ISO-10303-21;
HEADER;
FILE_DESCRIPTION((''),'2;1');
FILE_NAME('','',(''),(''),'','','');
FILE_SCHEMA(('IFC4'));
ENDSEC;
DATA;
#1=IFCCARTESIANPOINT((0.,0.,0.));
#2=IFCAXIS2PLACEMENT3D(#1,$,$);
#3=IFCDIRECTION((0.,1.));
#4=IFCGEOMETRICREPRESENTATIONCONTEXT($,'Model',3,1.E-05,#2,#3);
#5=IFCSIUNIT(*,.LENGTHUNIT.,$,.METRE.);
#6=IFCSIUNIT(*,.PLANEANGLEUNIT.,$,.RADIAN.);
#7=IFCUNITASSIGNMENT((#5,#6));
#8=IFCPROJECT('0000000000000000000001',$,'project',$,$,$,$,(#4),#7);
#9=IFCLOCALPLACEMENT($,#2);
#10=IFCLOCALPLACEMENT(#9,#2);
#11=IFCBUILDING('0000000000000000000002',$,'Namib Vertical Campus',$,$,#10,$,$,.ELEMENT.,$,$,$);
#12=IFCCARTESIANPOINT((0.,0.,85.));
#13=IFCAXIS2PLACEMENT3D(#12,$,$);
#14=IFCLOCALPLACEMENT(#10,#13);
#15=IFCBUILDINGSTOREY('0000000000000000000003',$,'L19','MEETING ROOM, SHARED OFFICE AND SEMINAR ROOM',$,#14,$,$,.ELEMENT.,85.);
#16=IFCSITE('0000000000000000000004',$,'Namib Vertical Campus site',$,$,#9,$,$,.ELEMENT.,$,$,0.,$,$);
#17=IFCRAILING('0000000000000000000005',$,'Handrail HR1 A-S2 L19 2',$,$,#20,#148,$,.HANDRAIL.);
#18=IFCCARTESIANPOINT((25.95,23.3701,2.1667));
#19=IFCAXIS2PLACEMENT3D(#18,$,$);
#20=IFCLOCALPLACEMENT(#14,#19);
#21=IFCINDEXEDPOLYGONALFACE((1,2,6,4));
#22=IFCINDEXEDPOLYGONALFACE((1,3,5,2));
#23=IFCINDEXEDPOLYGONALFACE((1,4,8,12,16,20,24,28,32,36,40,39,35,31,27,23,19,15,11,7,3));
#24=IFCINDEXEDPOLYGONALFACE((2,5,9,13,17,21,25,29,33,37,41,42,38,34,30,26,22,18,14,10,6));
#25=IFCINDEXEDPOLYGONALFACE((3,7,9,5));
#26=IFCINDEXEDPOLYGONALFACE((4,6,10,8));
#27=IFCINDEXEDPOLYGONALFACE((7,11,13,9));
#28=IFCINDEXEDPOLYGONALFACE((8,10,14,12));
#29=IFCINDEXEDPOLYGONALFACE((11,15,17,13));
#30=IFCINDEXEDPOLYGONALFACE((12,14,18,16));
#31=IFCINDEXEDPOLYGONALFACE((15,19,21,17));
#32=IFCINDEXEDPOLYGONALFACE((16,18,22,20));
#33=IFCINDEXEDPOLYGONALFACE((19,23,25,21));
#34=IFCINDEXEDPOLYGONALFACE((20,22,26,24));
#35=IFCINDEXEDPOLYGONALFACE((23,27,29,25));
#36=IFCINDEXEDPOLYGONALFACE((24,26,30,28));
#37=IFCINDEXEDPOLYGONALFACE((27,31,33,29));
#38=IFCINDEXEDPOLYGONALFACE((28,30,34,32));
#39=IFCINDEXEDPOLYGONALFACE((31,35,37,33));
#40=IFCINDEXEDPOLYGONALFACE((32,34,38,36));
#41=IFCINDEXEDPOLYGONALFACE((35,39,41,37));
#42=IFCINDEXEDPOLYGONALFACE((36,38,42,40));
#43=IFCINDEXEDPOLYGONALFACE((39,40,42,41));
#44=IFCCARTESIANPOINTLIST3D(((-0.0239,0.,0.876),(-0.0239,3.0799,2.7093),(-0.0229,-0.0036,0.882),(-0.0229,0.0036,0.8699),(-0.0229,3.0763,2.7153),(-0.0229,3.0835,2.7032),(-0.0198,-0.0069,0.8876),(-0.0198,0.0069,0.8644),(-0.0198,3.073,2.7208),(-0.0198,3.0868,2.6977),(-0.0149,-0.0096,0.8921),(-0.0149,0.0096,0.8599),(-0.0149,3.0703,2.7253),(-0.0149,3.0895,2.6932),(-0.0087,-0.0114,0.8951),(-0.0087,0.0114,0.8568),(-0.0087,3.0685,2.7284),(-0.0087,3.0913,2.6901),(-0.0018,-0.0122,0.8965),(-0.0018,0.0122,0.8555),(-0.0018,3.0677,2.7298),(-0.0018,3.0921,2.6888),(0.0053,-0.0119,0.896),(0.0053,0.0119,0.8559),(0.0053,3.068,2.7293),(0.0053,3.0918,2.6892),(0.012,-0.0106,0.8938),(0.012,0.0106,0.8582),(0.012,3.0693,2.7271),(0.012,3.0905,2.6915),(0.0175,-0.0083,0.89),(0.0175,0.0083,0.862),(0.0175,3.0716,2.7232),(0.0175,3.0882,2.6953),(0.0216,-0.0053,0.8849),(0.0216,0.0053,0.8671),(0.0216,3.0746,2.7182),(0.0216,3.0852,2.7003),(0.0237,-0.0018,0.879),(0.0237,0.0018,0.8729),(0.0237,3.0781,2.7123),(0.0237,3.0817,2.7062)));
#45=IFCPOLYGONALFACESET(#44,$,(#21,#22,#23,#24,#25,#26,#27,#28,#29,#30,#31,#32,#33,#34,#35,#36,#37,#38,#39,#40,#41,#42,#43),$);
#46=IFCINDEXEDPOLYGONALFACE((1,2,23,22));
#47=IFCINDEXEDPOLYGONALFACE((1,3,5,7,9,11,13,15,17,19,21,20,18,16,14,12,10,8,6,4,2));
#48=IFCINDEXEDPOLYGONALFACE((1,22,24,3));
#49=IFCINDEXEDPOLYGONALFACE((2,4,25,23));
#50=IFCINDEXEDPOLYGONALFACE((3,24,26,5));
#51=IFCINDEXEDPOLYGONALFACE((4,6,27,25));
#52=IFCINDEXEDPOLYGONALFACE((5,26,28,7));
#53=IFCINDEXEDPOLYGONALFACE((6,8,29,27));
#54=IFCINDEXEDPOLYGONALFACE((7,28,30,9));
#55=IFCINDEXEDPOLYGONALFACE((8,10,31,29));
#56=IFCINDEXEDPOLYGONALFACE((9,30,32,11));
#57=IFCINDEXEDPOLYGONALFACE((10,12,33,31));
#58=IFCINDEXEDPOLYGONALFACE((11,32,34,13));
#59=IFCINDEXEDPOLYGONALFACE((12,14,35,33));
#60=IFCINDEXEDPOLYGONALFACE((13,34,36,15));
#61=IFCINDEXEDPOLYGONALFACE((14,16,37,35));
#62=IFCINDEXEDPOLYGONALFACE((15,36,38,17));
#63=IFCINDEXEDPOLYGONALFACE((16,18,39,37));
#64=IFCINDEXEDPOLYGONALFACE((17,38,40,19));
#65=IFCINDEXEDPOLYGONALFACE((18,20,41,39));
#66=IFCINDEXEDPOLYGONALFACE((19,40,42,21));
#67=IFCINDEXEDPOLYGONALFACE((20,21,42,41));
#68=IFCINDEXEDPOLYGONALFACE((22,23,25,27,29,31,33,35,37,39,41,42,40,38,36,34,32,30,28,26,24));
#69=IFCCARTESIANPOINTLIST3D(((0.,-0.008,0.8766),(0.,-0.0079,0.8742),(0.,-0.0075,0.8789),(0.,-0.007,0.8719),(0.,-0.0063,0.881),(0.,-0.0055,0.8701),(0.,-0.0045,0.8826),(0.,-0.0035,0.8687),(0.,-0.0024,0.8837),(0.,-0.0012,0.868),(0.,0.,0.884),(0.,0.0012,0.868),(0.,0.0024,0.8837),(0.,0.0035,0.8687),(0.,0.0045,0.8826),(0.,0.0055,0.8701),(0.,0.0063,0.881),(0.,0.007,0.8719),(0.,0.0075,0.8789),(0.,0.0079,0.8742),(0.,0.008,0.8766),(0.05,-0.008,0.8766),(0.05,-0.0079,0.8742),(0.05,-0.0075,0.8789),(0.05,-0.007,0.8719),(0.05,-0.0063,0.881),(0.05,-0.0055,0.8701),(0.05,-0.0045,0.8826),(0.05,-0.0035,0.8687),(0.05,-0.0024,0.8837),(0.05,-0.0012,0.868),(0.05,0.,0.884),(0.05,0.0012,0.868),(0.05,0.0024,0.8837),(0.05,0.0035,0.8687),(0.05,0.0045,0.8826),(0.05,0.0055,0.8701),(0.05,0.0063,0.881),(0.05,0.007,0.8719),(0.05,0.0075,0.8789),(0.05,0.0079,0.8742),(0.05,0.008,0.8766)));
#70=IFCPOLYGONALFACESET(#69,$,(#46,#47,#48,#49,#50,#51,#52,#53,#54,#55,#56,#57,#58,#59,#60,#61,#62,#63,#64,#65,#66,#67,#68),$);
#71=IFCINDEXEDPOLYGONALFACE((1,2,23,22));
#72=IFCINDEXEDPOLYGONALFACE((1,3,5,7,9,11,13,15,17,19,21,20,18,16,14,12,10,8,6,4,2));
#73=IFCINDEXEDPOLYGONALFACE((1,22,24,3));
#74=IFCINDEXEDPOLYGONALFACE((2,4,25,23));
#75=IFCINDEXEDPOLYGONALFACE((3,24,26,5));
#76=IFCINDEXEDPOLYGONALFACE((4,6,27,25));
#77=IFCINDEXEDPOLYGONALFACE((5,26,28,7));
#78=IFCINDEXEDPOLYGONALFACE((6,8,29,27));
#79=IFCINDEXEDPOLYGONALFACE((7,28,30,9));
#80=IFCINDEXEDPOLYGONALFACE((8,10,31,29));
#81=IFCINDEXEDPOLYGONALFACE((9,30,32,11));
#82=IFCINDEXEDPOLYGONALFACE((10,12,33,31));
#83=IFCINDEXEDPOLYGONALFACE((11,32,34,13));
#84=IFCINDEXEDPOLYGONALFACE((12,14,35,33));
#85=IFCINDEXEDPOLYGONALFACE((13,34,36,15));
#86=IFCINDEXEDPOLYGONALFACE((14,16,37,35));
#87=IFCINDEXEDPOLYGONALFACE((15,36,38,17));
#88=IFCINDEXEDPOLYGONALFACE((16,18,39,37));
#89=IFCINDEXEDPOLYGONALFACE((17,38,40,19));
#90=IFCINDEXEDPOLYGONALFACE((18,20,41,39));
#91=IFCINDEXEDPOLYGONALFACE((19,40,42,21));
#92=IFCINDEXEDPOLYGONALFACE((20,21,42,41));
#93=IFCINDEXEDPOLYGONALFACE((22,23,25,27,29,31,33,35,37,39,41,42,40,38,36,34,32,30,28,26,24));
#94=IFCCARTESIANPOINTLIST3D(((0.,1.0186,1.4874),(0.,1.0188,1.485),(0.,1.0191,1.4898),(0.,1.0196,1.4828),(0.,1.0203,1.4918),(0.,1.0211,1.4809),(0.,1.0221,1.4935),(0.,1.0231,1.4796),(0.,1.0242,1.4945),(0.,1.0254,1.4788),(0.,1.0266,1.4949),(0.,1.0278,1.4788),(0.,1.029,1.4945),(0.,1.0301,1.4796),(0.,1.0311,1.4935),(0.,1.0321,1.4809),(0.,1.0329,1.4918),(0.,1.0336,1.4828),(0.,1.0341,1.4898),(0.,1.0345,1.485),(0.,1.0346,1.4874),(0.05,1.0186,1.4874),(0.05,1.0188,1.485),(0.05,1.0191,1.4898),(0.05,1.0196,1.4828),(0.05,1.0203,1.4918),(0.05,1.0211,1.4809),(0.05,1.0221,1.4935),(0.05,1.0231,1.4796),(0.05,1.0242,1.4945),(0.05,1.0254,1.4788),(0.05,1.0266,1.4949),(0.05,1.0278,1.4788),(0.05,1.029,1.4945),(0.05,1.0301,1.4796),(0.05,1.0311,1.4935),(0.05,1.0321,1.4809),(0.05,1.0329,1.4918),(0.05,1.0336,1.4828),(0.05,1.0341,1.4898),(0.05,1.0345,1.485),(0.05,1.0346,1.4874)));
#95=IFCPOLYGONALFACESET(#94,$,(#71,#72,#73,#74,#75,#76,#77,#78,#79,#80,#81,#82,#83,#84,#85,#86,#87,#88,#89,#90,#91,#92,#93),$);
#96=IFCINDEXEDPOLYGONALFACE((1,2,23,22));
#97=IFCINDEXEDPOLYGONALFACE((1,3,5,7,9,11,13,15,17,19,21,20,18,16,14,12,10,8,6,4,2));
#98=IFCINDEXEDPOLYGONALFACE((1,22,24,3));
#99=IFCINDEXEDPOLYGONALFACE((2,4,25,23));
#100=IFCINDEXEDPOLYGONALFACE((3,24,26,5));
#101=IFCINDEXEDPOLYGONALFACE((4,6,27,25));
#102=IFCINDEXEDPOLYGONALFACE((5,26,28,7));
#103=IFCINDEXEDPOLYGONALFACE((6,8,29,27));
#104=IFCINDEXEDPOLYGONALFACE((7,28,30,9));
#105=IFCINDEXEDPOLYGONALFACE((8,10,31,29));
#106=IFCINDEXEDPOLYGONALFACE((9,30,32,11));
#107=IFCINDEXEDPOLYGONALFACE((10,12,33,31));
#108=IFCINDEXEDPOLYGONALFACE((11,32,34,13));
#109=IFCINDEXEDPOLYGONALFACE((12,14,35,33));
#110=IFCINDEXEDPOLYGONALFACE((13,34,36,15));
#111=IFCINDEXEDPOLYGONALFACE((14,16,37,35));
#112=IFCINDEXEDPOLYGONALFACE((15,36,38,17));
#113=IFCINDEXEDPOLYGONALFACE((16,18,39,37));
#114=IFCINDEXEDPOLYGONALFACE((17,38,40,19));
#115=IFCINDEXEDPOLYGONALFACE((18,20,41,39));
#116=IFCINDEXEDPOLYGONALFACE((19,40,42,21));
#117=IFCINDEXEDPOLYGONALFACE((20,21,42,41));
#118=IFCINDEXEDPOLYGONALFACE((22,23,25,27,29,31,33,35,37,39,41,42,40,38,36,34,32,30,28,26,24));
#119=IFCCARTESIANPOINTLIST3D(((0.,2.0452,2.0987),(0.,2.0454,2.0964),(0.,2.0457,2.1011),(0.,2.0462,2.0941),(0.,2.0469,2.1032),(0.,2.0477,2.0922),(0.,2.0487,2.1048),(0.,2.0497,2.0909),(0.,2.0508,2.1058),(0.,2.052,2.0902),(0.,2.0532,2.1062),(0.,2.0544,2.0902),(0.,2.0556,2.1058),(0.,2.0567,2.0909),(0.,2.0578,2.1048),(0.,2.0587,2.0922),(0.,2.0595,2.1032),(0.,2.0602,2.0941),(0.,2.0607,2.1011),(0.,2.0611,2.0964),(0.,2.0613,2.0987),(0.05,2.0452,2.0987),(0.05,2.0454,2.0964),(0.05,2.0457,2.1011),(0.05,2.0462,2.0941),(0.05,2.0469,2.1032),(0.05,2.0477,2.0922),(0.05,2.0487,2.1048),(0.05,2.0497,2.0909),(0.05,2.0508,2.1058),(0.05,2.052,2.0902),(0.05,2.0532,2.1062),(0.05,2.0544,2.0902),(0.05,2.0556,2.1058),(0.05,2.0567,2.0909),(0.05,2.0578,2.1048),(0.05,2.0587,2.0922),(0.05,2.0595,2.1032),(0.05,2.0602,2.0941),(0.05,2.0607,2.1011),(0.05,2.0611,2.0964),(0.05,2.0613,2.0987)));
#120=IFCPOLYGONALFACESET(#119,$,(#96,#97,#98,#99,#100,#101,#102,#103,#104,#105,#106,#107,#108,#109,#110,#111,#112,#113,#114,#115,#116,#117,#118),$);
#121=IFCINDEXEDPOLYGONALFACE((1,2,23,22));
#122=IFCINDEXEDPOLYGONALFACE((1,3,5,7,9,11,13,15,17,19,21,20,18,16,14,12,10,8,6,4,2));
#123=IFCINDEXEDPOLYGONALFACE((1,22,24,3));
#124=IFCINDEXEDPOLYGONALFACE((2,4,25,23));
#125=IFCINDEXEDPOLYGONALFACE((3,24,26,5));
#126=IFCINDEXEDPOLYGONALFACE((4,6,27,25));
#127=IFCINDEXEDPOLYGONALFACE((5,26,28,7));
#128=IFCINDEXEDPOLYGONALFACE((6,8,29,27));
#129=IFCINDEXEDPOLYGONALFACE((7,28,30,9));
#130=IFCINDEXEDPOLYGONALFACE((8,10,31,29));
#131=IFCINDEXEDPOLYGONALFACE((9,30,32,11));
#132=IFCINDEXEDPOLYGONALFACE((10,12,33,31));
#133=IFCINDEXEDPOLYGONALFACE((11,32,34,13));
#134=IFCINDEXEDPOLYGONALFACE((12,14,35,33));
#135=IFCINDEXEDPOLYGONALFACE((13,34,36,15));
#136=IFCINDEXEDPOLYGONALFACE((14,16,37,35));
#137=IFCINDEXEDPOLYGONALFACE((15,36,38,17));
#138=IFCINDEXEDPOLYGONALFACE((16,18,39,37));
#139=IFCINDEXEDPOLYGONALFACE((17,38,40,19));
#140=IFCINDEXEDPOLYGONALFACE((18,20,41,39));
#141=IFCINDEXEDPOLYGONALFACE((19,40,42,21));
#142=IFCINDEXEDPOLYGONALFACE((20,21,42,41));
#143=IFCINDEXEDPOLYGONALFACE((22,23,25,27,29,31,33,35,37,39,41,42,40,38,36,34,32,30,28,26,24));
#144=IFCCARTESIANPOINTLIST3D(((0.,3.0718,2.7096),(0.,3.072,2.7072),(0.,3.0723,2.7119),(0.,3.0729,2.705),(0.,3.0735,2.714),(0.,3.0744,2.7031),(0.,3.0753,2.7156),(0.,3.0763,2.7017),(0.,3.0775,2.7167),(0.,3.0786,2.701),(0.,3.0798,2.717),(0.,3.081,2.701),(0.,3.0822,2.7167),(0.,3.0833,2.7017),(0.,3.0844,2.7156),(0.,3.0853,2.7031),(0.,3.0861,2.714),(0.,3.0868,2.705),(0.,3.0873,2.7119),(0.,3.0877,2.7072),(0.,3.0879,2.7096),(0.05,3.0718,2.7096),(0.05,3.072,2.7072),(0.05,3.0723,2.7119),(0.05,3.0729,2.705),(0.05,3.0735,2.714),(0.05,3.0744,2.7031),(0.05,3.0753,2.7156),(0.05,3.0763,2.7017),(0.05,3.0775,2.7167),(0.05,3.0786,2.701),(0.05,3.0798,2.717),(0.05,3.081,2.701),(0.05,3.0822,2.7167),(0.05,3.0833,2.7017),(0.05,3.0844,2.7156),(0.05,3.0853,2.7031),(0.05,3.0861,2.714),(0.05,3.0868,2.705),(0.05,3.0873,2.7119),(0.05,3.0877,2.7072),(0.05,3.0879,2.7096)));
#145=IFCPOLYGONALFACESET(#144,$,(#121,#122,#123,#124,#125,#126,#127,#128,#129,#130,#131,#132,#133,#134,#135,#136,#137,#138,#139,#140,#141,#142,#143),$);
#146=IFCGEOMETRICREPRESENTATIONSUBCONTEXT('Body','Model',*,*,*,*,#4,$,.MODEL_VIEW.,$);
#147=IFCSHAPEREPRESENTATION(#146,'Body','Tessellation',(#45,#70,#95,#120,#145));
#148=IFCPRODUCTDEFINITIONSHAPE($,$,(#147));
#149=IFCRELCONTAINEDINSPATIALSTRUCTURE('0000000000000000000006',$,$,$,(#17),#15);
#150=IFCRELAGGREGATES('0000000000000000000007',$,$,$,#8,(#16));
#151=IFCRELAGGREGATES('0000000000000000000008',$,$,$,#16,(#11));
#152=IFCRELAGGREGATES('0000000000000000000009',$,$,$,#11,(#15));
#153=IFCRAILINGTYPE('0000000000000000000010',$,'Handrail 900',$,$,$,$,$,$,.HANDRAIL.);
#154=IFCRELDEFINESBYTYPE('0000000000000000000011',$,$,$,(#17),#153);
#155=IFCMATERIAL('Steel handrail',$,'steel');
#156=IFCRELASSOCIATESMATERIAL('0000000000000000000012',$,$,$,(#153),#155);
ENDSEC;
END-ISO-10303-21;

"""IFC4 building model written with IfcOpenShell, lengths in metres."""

from ifc_helpers import new_model, si_unit, direction, frame, origin, origin_2d, place, context, subcontext, project, spatial, circle, extrude, material, type_object, element, save


model = new_model("IFC4")

# Units and contexts
model_context = context("Model", 3, precision=1e-05, world=origin(), true_north=direction((0.0, 1.0)))
body_context = subcontext(model_context, "Body", "Model", "MODEL_VIEW")
ifc_project = project(units=[si_unit("LENGTHUNIT", "METRE"), si_unit("PLANEANGLEUNIT", "RADIAN")], contexts=[model_context])

# Site, building, storey
site_placement = place(None, origin())
site = spatial("IfcSite", under=ifc_project, at=site_placement, Name="Namib Vertical Campus site", CompositionType="ELEMENT", RefElevation=0.0)
building_placement = place(site_placement, origin())
building = spatial("IfcBuilding", under=site, at=building_placement, Name="Namib Vertical Campus", CompositionType="ELEMENT")
storey_placement = place(building_placement, frame((0.0, 0.0, 85.0)))
storey = spatial("IfcBuildingStorey", under=building, at=storey_placement, Name="L19", Description="MEETING ROOM, SHARED OFFICE AND SEMINAR ROOM", CompositionType="ELEMENT", Elevation=85.0)

# Railing
ifc_material_1 = material(Name="Steel handrail", Category="steel")
railing_type_1 = type_object("IfcRailingType", Name="Handrail 900", PredefinedType="HANDRAIL", material=ifc_material_1)
railing_1_placement = place(storey_placement, frame((25.95, 23.3701, 2.1667)))
element("IfcRailing", 1, at=railing_1_placement, inside=storey, type_object=railing_type_1, Name="Handrail HR1 A-S2 L19 2", PredefinedType="HANDRAIL", context=body_context, shape_type="SweptSolid", body=[
    extrude(circle(Radius=0.0239, at=origin_2d()), frame((0.0, 0.0, 0.876), z_axis=(0.0, 0.859291, 0.511487), x_axis=(-1.0, 0.0, 0.0)), (0.0, 0.0, 1.0), 3.5842),
    extrude(circle(Radius=0.0081, at=origin_2d()), frame((0.0, 0.0, 0.876), z_axis=(1.0, 0.0, 0.0), x_axis=(0.0, 0.0, 1.0)), (0.0, 0.0, 1.0), 0.05),
    extrude(circle(Radius=0.0081, at=origin_2d()), frame((0.0, 1.0266, 1.4868), z_axis=(1.0, 0.0, 0.0), x_axis=(0.0, 0.0, 1.0)), (0.0, 0.0, 1.0), 0.05),
    extrude(circle(Radius=0.0081, at=origin_2d()), frame((0.0, 2.0532, 2.0981), z_axis=(1.0, 0.0, 0.0), x_axis=(0.0, 0.0, 1.0)), (0.0, 0.0, 1.0), 0.05),
    extrude(circle(Radius=0.0081, at=origin_2d()), frame((0.0, 3.0798, 2.709), z_axis=(1.0, 0.0, 0.0), x_axis=(0.0, 0.0, 1.0)), (0.0, 0.0, 1.0), 0.05),
])

save(model, "model.ifc")
